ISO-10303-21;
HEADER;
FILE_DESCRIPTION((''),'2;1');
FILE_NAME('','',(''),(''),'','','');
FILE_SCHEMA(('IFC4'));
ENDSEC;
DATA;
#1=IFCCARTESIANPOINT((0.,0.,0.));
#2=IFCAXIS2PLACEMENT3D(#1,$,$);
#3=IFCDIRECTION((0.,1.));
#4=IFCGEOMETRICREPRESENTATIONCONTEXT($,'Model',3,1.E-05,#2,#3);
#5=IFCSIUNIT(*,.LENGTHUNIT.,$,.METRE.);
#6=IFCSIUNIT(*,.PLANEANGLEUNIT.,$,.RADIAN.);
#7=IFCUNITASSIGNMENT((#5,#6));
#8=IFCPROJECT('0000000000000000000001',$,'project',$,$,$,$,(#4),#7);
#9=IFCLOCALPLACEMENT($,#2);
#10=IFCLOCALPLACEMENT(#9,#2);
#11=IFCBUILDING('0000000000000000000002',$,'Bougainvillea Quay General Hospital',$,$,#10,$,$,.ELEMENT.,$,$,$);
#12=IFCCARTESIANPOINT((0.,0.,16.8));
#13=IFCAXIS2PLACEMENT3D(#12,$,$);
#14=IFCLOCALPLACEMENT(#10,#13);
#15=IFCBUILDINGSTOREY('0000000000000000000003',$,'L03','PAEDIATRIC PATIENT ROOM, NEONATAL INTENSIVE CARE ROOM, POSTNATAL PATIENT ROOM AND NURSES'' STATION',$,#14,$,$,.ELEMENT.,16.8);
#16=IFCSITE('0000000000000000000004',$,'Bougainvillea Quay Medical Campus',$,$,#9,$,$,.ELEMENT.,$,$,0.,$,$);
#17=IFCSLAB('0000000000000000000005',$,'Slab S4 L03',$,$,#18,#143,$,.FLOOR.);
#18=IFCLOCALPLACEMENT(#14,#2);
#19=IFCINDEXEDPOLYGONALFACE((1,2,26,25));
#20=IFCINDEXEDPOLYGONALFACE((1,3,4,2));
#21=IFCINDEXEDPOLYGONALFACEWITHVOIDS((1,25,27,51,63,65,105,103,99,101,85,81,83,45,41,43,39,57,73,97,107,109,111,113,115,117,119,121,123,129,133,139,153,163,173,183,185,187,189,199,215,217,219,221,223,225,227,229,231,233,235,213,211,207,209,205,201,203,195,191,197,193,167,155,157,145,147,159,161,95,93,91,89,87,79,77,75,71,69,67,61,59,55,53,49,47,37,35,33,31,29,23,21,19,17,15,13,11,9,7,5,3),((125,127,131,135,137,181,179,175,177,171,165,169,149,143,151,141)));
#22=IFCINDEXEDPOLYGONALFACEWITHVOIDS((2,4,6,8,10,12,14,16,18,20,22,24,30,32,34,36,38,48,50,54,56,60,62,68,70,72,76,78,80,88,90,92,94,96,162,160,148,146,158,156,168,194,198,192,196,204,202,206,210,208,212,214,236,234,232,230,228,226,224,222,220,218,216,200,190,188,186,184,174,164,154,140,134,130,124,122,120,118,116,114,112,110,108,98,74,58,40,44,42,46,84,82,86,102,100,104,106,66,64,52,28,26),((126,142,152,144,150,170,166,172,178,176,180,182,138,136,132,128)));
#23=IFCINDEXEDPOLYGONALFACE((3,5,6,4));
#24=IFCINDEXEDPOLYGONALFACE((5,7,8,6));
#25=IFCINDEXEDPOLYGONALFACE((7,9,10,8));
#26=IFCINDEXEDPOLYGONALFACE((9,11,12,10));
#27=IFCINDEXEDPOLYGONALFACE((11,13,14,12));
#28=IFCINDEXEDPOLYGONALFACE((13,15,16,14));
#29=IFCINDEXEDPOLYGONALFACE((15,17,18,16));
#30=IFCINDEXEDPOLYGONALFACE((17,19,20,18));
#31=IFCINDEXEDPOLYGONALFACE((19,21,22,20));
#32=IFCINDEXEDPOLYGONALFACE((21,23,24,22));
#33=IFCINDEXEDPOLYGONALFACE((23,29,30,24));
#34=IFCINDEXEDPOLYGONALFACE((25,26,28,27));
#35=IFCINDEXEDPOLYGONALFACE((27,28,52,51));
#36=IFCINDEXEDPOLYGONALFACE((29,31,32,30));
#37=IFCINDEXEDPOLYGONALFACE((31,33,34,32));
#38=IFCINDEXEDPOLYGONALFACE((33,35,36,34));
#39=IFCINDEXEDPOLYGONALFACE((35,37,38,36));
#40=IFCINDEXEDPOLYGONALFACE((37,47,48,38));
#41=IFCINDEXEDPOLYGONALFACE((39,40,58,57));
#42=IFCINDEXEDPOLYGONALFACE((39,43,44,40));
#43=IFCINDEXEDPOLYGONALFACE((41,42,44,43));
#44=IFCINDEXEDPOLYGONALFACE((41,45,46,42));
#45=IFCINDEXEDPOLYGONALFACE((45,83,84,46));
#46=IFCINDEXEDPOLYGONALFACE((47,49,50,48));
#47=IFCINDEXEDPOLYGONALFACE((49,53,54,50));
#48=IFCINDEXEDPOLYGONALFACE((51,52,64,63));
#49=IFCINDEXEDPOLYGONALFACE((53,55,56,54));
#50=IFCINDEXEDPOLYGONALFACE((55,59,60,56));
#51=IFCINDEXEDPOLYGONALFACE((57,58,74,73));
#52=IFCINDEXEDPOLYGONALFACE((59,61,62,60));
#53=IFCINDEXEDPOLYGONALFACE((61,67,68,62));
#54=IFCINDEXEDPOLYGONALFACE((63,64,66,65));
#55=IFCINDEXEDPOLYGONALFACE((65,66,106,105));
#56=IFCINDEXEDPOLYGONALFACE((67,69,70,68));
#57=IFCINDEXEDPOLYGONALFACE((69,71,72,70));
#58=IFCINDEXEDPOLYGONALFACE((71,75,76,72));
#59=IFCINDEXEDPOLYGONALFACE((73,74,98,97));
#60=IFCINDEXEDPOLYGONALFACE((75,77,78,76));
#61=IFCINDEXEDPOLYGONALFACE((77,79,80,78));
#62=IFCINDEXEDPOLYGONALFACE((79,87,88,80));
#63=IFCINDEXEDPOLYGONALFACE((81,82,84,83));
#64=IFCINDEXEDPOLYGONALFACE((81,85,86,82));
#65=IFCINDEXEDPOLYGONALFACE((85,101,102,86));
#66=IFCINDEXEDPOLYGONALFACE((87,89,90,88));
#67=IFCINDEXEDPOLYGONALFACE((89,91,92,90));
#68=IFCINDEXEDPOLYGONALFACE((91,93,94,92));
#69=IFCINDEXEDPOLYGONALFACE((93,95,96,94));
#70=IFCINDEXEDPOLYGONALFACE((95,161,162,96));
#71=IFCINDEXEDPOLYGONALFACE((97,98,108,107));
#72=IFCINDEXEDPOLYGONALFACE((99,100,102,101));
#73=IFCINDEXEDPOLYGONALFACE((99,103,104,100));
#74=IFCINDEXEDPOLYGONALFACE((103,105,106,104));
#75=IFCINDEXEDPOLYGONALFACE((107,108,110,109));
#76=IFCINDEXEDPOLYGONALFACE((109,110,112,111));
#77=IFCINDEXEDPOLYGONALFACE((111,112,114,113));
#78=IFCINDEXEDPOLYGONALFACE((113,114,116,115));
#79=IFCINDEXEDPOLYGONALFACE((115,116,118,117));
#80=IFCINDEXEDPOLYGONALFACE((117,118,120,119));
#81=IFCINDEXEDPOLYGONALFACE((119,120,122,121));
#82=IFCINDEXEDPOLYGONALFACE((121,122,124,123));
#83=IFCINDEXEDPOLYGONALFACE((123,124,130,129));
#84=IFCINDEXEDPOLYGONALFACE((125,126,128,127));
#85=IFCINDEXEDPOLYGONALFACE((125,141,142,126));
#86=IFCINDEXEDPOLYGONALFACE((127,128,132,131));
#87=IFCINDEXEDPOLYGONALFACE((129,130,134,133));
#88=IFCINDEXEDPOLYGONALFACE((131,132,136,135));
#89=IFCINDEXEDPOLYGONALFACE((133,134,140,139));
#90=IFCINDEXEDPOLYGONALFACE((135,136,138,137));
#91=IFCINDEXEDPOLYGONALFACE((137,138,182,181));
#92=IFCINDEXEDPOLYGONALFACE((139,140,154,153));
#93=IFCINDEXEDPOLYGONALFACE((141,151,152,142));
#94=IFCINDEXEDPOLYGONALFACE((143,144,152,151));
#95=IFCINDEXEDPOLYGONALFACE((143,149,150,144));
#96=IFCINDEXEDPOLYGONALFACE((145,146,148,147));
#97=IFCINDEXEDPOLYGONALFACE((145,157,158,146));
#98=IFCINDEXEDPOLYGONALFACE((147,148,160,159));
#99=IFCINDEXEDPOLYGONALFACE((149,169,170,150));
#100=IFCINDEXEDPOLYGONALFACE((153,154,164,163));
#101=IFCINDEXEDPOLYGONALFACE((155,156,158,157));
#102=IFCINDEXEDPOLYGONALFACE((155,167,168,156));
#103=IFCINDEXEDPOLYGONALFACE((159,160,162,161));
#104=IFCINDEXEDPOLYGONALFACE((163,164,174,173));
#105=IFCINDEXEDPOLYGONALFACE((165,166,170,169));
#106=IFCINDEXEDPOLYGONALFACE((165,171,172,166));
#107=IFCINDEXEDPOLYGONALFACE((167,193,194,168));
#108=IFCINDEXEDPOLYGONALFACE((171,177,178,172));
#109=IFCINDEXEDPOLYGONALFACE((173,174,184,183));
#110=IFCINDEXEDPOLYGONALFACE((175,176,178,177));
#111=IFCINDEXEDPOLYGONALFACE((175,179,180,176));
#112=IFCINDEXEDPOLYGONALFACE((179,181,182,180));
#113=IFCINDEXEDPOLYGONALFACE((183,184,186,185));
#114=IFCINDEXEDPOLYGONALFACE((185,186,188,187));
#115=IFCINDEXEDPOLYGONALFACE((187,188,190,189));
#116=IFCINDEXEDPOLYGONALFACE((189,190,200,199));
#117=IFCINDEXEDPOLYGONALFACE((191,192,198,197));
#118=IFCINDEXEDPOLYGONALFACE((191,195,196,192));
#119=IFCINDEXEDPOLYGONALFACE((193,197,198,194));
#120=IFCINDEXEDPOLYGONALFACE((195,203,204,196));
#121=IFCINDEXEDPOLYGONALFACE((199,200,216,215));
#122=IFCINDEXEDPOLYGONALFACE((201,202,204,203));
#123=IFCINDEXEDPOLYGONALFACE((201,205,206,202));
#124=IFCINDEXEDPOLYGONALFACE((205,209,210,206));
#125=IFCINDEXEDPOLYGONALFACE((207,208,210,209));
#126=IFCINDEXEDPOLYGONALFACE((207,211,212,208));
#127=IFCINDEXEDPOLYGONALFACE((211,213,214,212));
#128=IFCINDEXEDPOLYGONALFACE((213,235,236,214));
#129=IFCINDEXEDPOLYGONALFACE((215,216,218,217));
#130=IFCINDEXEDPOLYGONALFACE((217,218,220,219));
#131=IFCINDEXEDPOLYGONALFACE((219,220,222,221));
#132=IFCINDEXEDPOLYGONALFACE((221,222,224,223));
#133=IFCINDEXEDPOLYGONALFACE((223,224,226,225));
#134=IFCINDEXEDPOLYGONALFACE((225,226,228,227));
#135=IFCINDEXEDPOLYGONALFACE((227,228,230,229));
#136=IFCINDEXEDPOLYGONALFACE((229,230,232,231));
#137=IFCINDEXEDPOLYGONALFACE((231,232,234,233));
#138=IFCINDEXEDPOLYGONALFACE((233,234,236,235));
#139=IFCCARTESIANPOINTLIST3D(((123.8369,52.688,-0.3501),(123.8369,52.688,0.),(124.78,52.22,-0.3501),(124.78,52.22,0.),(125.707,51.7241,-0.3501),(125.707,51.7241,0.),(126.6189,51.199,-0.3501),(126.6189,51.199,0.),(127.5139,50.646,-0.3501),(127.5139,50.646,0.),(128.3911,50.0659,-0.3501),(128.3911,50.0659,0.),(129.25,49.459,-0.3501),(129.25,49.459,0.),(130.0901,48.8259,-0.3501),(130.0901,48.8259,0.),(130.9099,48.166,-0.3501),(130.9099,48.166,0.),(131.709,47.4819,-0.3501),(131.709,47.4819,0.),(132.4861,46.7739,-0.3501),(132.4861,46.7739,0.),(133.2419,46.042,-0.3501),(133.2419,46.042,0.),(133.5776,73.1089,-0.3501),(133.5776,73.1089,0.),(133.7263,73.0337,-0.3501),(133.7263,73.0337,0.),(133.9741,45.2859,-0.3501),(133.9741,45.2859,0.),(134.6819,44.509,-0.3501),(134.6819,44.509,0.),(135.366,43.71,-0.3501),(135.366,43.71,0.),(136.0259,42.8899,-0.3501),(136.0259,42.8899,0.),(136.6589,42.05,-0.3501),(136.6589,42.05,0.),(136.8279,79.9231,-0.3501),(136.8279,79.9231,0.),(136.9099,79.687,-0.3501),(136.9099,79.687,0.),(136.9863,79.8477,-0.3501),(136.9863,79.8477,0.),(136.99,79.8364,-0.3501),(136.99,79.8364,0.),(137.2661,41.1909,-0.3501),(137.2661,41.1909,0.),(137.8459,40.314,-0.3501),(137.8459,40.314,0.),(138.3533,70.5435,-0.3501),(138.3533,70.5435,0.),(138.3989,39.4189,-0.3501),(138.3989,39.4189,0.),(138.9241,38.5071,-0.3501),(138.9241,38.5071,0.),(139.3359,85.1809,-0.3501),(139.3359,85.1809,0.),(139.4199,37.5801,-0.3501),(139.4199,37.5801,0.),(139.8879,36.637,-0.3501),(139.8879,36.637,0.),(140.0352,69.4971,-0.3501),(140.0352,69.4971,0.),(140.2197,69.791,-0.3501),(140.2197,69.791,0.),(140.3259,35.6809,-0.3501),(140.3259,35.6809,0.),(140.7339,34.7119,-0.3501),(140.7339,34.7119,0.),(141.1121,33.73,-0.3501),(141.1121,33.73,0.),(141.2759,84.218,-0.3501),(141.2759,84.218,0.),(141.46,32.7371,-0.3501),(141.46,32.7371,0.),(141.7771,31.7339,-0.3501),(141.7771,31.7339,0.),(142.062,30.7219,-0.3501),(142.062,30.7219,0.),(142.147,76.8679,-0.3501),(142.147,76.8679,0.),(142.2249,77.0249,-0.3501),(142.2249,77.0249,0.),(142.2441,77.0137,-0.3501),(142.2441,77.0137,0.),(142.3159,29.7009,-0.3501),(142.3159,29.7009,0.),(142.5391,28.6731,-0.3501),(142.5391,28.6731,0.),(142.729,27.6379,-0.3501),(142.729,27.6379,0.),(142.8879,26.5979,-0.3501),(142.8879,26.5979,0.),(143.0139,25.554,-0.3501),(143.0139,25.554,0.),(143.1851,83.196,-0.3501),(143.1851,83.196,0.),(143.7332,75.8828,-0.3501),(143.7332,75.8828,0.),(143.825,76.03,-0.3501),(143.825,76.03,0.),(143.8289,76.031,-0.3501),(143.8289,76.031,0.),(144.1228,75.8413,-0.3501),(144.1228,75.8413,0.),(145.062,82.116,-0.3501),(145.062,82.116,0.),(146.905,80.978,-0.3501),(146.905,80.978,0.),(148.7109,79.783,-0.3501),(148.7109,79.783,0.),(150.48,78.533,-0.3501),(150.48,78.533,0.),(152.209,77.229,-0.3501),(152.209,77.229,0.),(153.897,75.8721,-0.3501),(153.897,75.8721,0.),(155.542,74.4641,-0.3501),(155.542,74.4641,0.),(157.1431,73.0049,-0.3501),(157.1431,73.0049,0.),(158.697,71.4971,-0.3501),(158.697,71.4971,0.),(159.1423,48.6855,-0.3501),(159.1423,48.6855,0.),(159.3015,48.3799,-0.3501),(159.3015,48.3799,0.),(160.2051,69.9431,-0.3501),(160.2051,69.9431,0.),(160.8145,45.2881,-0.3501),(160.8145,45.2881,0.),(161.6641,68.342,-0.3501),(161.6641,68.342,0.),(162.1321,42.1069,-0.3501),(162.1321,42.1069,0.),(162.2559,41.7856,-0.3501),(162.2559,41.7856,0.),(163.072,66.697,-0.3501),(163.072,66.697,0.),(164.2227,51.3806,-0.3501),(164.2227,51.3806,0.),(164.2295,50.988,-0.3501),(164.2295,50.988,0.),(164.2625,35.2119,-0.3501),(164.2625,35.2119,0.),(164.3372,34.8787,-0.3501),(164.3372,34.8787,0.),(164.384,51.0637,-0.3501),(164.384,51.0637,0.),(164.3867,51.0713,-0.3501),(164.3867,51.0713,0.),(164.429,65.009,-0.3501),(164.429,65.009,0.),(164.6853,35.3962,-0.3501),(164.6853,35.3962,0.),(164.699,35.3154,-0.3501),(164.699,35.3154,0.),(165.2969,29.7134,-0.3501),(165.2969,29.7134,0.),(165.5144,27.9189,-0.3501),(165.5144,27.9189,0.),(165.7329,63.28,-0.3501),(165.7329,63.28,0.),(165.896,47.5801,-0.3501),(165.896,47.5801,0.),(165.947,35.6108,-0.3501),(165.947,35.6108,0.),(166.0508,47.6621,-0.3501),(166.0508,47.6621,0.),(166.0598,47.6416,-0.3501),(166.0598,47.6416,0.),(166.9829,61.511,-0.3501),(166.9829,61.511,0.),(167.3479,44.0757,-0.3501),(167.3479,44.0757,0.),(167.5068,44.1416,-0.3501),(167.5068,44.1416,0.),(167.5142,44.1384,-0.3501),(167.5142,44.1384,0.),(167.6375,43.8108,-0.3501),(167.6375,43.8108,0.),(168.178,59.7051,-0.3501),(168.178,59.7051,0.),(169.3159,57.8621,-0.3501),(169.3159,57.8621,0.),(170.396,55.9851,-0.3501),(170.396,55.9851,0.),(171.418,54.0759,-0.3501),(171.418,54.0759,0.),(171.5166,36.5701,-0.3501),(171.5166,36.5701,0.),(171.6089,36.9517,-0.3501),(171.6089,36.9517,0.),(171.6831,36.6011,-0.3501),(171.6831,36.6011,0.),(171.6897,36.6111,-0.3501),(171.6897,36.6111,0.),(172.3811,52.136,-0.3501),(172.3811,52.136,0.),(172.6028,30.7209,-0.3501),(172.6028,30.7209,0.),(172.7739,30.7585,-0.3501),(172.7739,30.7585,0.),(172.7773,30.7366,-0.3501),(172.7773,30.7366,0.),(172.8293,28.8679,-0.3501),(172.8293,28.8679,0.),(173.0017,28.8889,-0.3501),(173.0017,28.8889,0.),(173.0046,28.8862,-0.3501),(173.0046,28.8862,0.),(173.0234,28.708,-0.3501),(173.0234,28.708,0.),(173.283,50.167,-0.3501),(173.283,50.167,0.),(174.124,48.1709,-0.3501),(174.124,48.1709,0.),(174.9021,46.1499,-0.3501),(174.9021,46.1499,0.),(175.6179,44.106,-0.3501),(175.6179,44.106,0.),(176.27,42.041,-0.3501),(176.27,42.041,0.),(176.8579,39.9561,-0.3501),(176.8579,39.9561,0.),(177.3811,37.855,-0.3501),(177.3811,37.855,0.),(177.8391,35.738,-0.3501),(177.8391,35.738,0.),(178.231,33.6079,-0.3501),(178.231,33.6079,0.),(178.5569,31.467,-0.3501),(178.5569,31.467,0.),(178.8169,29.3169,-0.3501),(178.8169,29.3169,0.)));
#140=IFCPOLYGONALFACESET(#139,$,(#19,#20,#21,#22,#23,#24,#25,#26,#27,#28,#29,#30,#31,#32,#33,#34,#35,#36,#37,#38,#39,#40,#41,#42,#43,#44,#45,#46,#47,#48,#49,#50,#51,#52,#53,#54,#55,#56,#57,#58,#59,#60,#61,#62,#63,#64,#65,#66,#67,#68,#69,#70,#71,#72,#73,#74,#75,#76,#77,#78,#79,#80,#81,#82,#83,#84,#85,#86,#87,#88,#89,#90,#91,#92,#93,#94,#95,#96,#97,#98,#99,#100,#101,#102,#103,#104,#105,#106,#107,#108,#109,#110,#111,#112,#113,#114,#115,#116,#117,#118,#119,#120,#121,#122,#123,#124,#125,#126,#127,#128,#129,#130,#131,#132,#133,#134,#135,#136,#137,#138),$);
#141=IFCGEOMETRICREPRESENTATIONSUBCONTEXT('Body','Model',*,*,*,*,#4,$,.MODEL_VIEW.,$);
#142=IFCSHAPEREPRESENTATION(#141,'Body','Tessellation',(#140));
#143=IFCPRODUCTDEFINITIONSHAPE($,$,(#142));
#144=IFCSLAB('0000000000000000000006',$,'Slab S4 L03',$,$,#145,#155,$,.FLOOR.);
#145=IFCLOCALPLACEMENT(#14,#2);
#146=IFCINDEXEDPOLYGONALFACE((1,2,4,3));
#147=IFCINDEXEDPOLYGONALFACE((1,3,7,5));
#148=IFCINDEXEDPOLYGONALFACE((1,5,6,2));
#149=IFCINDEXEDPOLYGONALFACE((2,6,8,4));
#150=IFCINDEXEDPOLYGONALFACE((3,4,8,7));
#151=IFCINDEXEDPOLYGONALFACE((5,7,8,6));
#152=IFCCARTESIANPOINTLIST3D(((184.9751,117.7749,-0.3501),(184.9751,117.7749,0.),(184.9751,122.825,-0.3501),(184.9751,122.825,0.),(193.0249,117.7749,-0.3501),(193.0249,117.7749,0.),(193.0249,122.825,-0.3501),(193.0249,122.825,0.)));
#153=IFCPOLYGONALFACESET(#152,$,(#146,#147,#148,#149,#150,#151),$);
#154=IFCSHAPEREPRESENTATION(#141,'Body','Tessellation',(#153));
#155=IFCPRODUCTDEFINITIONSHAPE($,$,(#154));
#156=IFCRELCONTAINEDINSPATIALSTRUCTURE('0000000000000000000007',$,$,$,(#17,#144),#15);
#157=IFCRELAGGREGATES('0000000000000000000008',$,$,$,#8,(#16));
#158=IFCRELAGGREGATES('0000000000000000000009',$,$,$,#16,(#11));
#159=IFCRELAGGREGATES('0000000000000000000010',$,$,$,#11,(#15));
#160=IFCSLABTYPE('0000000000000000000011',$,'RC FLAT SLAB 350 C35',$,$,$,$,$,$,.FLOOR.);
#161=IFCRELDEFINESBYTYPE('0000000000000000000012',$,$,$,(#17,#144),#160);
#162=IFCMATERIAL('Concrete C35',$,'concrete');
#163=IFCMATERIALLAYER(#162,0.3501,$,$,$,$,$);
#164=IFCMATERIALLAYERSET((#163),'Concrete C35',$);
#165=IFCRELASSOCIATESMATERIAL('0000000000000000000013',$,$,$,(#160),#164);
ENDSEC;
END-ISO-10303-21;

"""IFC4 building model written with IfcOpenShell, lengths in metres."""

from ifc_helpers import new_model, si_unit, direction, frame, origin, place, context, subcontext, project, spatial, polyline, outline, extrude, material, layer, layer_set, type_object, element, save


model = new_model("IFC4")

# Units and contexts
model_context = context("Model", 3, precision=1e-05, world=origin(), true_north=direction((0.0, 1.0)))
body_context = subcontext(model_context, "Body", "Model", "MODEL_VIEW")
ifc_project = project(units=[si_unit("LENGTHUNIT", "METRE"), si_unit("PLANEANGLEUNIT", "RADIAN")], contexts=[model_context])

# Site, building, storey
site_placement = place(None, origin())
site = spatial("IfcSite", under=ifc_project, at=site_placement, Name="Bougainvillea Quay Medical Campus", CompositionType="ELEMENT", RefElevation=0.0)
building_placement = place(site_placement, origin())
building = spatial("IfcBuilding", under=site, at=building_placement, Name="Bougainvillea Quay General Hospital", CompositionType="ELEMENT")
storey_placement = place(building_placement, frame((0.0, 0.0, 16.8)))
storey = spatial("IfcBuildingStorey", under=building, at=storey_placement, Name="L03", Description="PAEDIATRIC PATIENT ROOM, NEONATAL INTENSIVE CARE ROOM, POSTNATAL PATIENT ROOM AND NURSES' STATION", CompositionType="ELEMENT", Elevation=16.8)

# Slabs
ifc_material_1 = material(Name="Concrete C35", Category="concrete")
ifc_layer_1 = layer(ifc_material_1, 0.3501)
ifc_layer_set_1 = layer_set([ifc_layer_1], Name="Concrete C35")
slab_type_1 = type_object("IfcSlabType", Name="RC FLAT SLAB 350 C35", PredefinedType="FLOOR", material=ifc_layer_set_1)
slab_1_placement = place(storey_placement, frame((0.0, 0.0, -0.3501)))
element("IfcSlab", 1, at=slab_1_placement, inside=storey, type_object=slab_type_1, Name="Slab S4 L03", PredefinedType="FLOOR", context=body_context, shape_type="SweptSolid", body=[
    extrude(outline(polyline([(163.072, 66.697), (164.429, 65.009), (165.7329, 63.28), (166.9829, 61.511), (168.178, 59.7051), (169.3159, 57.8621), (170.396, 55.9851), (171.418, 54.0759), (172.3811, 52.136), (173.283, 50.167), (174.124, 48.1709), (174.9021, 46.1499), (175.6179, 44.106), (176.27, 42.041), (176.8579, 39.9561), (177.3811, 37.855), (177.8391, 35.738), (178.231, 33.6079), (178.5569, 31.467), (178.8169, 29.3169), (173.0234, 28.708), (173.0046, 28.8862), (172.8293, 28.8679), (173.0017, 28.8889), (172.7773, 30.7366), (172.6028, 30.7209), (172.7739, 30.7585), (171.6831, 36.6011), (171.5166, 36.5701), (171.6897, 36.6111), (171.6089, 36.9517), (165.947, 35.6108), (164.6853, 35.3962), (164.699, 35.3154), (164.2625, 35.2119), (164.3372, 34.8787), (165.2969, 29.7134), (165.5144, 27.9189), (143.0139, 25.554), (142.8879, 26.5979), (142.729, 27.6379), (142.5391, 28.6731), (142.3159, 29.7009), (142.062, 30.7219), (141.7771, 31.7339), (141.46, 32.7371), (141.1121, 33.73), (140.7339, 34.7119), (140.3259, 35.6809), (139.8879, 36.637), (139.4199, 37.5801), (138.9241, 38.5071), (138.3989, 39.4189), (137.8459, 40.314), (137.2661, 41.1909), (136.6589, 42.05), (136.0259, 42.8899), (135.366, 43.71), (134.6819, 44.509), (133.9741, 45.2859), (133.2419, 46.042), (132.4861, 46.7739), (131.709, 47.4819), (130.9099, 48.166), (130.0901, 48.8259), (129.25, 49.459), (128.3911, 50.0659), (127.5139, 50.646), (126.6189, 51.199), (125.707, 51.7241), (124.78, 52.22), (123.8369, 52.688), (133.5776, 73.1089), (133.7263, 73.0337), (138.3533, 70.5435), (140.0352, 69.4971), (140.2197, 69.791), (144.1228, 75.8413), (143.8289, 76.031), (143.7332, 75.8828), (143.825, 76.03), (142.2441, 77.0137), (142.147, 76.8679), (142.2249, 77.0249), (136.99, 79.8364), (136.9099, 79.687), (136.9863, 79.8477), (136.8279, 79.9231), (139.3359, 85.1809), (141.2759, 84.218), (143.1851, 83.196), (145.062, 82.116), (146.905, 80.978), (148.7109, 79.783), (150.48, 78.533), (152.209, 77.229), (153.897, 75.8721), (155.542, 74.4641), (157.1431, 73.0049), (158.697, 71.4971), (160.2051, 69.9431), (161.6641, 68.342), (163.072, 66.697)]), holes=[polyline([(162.1321, 42.1069), (162.2559, 41.7856), (167.6375, 43.8108), (167.5142, 44.1384), (167.3479, 44.0757), (167.5068, 44.1416), (166.0598, 47.6416), (165.896, 47.5801), (166.0508, 47.6621), (164.384, 51.0637), (164.2295, 50.988), (164.3867, 51.0713), (164.2227, 51.3806), (159.1423, 48.6855), (159.3015, 48.3799), (160.8145, 45.2881), (162.1321, 42.1069)])]), origin(), (0.0, 0.0, 1.0), 0.3501),
])
slab_2_placement = place(storey_placement, frame((0.0, 0.0, -0.3501)))
element("IfcSlab", 2, at=slab_2_placement, inside=storey, type_object=slab_type_1, Name="Slab S4 L03", PredefinedType="FLOOR", context=body_context, shape_type="SweptSolid", body=[
    extrude(outline(polyline([(193.0249, 117.7749), (193.0249, 122.825), (184.9751, 122.825), (184.9751, 117.7749), (193.0249, 117.7749)])), origin(), (0.0, 0.0, 1.0), 0.3501),
])

save(model, "model.ifc")
